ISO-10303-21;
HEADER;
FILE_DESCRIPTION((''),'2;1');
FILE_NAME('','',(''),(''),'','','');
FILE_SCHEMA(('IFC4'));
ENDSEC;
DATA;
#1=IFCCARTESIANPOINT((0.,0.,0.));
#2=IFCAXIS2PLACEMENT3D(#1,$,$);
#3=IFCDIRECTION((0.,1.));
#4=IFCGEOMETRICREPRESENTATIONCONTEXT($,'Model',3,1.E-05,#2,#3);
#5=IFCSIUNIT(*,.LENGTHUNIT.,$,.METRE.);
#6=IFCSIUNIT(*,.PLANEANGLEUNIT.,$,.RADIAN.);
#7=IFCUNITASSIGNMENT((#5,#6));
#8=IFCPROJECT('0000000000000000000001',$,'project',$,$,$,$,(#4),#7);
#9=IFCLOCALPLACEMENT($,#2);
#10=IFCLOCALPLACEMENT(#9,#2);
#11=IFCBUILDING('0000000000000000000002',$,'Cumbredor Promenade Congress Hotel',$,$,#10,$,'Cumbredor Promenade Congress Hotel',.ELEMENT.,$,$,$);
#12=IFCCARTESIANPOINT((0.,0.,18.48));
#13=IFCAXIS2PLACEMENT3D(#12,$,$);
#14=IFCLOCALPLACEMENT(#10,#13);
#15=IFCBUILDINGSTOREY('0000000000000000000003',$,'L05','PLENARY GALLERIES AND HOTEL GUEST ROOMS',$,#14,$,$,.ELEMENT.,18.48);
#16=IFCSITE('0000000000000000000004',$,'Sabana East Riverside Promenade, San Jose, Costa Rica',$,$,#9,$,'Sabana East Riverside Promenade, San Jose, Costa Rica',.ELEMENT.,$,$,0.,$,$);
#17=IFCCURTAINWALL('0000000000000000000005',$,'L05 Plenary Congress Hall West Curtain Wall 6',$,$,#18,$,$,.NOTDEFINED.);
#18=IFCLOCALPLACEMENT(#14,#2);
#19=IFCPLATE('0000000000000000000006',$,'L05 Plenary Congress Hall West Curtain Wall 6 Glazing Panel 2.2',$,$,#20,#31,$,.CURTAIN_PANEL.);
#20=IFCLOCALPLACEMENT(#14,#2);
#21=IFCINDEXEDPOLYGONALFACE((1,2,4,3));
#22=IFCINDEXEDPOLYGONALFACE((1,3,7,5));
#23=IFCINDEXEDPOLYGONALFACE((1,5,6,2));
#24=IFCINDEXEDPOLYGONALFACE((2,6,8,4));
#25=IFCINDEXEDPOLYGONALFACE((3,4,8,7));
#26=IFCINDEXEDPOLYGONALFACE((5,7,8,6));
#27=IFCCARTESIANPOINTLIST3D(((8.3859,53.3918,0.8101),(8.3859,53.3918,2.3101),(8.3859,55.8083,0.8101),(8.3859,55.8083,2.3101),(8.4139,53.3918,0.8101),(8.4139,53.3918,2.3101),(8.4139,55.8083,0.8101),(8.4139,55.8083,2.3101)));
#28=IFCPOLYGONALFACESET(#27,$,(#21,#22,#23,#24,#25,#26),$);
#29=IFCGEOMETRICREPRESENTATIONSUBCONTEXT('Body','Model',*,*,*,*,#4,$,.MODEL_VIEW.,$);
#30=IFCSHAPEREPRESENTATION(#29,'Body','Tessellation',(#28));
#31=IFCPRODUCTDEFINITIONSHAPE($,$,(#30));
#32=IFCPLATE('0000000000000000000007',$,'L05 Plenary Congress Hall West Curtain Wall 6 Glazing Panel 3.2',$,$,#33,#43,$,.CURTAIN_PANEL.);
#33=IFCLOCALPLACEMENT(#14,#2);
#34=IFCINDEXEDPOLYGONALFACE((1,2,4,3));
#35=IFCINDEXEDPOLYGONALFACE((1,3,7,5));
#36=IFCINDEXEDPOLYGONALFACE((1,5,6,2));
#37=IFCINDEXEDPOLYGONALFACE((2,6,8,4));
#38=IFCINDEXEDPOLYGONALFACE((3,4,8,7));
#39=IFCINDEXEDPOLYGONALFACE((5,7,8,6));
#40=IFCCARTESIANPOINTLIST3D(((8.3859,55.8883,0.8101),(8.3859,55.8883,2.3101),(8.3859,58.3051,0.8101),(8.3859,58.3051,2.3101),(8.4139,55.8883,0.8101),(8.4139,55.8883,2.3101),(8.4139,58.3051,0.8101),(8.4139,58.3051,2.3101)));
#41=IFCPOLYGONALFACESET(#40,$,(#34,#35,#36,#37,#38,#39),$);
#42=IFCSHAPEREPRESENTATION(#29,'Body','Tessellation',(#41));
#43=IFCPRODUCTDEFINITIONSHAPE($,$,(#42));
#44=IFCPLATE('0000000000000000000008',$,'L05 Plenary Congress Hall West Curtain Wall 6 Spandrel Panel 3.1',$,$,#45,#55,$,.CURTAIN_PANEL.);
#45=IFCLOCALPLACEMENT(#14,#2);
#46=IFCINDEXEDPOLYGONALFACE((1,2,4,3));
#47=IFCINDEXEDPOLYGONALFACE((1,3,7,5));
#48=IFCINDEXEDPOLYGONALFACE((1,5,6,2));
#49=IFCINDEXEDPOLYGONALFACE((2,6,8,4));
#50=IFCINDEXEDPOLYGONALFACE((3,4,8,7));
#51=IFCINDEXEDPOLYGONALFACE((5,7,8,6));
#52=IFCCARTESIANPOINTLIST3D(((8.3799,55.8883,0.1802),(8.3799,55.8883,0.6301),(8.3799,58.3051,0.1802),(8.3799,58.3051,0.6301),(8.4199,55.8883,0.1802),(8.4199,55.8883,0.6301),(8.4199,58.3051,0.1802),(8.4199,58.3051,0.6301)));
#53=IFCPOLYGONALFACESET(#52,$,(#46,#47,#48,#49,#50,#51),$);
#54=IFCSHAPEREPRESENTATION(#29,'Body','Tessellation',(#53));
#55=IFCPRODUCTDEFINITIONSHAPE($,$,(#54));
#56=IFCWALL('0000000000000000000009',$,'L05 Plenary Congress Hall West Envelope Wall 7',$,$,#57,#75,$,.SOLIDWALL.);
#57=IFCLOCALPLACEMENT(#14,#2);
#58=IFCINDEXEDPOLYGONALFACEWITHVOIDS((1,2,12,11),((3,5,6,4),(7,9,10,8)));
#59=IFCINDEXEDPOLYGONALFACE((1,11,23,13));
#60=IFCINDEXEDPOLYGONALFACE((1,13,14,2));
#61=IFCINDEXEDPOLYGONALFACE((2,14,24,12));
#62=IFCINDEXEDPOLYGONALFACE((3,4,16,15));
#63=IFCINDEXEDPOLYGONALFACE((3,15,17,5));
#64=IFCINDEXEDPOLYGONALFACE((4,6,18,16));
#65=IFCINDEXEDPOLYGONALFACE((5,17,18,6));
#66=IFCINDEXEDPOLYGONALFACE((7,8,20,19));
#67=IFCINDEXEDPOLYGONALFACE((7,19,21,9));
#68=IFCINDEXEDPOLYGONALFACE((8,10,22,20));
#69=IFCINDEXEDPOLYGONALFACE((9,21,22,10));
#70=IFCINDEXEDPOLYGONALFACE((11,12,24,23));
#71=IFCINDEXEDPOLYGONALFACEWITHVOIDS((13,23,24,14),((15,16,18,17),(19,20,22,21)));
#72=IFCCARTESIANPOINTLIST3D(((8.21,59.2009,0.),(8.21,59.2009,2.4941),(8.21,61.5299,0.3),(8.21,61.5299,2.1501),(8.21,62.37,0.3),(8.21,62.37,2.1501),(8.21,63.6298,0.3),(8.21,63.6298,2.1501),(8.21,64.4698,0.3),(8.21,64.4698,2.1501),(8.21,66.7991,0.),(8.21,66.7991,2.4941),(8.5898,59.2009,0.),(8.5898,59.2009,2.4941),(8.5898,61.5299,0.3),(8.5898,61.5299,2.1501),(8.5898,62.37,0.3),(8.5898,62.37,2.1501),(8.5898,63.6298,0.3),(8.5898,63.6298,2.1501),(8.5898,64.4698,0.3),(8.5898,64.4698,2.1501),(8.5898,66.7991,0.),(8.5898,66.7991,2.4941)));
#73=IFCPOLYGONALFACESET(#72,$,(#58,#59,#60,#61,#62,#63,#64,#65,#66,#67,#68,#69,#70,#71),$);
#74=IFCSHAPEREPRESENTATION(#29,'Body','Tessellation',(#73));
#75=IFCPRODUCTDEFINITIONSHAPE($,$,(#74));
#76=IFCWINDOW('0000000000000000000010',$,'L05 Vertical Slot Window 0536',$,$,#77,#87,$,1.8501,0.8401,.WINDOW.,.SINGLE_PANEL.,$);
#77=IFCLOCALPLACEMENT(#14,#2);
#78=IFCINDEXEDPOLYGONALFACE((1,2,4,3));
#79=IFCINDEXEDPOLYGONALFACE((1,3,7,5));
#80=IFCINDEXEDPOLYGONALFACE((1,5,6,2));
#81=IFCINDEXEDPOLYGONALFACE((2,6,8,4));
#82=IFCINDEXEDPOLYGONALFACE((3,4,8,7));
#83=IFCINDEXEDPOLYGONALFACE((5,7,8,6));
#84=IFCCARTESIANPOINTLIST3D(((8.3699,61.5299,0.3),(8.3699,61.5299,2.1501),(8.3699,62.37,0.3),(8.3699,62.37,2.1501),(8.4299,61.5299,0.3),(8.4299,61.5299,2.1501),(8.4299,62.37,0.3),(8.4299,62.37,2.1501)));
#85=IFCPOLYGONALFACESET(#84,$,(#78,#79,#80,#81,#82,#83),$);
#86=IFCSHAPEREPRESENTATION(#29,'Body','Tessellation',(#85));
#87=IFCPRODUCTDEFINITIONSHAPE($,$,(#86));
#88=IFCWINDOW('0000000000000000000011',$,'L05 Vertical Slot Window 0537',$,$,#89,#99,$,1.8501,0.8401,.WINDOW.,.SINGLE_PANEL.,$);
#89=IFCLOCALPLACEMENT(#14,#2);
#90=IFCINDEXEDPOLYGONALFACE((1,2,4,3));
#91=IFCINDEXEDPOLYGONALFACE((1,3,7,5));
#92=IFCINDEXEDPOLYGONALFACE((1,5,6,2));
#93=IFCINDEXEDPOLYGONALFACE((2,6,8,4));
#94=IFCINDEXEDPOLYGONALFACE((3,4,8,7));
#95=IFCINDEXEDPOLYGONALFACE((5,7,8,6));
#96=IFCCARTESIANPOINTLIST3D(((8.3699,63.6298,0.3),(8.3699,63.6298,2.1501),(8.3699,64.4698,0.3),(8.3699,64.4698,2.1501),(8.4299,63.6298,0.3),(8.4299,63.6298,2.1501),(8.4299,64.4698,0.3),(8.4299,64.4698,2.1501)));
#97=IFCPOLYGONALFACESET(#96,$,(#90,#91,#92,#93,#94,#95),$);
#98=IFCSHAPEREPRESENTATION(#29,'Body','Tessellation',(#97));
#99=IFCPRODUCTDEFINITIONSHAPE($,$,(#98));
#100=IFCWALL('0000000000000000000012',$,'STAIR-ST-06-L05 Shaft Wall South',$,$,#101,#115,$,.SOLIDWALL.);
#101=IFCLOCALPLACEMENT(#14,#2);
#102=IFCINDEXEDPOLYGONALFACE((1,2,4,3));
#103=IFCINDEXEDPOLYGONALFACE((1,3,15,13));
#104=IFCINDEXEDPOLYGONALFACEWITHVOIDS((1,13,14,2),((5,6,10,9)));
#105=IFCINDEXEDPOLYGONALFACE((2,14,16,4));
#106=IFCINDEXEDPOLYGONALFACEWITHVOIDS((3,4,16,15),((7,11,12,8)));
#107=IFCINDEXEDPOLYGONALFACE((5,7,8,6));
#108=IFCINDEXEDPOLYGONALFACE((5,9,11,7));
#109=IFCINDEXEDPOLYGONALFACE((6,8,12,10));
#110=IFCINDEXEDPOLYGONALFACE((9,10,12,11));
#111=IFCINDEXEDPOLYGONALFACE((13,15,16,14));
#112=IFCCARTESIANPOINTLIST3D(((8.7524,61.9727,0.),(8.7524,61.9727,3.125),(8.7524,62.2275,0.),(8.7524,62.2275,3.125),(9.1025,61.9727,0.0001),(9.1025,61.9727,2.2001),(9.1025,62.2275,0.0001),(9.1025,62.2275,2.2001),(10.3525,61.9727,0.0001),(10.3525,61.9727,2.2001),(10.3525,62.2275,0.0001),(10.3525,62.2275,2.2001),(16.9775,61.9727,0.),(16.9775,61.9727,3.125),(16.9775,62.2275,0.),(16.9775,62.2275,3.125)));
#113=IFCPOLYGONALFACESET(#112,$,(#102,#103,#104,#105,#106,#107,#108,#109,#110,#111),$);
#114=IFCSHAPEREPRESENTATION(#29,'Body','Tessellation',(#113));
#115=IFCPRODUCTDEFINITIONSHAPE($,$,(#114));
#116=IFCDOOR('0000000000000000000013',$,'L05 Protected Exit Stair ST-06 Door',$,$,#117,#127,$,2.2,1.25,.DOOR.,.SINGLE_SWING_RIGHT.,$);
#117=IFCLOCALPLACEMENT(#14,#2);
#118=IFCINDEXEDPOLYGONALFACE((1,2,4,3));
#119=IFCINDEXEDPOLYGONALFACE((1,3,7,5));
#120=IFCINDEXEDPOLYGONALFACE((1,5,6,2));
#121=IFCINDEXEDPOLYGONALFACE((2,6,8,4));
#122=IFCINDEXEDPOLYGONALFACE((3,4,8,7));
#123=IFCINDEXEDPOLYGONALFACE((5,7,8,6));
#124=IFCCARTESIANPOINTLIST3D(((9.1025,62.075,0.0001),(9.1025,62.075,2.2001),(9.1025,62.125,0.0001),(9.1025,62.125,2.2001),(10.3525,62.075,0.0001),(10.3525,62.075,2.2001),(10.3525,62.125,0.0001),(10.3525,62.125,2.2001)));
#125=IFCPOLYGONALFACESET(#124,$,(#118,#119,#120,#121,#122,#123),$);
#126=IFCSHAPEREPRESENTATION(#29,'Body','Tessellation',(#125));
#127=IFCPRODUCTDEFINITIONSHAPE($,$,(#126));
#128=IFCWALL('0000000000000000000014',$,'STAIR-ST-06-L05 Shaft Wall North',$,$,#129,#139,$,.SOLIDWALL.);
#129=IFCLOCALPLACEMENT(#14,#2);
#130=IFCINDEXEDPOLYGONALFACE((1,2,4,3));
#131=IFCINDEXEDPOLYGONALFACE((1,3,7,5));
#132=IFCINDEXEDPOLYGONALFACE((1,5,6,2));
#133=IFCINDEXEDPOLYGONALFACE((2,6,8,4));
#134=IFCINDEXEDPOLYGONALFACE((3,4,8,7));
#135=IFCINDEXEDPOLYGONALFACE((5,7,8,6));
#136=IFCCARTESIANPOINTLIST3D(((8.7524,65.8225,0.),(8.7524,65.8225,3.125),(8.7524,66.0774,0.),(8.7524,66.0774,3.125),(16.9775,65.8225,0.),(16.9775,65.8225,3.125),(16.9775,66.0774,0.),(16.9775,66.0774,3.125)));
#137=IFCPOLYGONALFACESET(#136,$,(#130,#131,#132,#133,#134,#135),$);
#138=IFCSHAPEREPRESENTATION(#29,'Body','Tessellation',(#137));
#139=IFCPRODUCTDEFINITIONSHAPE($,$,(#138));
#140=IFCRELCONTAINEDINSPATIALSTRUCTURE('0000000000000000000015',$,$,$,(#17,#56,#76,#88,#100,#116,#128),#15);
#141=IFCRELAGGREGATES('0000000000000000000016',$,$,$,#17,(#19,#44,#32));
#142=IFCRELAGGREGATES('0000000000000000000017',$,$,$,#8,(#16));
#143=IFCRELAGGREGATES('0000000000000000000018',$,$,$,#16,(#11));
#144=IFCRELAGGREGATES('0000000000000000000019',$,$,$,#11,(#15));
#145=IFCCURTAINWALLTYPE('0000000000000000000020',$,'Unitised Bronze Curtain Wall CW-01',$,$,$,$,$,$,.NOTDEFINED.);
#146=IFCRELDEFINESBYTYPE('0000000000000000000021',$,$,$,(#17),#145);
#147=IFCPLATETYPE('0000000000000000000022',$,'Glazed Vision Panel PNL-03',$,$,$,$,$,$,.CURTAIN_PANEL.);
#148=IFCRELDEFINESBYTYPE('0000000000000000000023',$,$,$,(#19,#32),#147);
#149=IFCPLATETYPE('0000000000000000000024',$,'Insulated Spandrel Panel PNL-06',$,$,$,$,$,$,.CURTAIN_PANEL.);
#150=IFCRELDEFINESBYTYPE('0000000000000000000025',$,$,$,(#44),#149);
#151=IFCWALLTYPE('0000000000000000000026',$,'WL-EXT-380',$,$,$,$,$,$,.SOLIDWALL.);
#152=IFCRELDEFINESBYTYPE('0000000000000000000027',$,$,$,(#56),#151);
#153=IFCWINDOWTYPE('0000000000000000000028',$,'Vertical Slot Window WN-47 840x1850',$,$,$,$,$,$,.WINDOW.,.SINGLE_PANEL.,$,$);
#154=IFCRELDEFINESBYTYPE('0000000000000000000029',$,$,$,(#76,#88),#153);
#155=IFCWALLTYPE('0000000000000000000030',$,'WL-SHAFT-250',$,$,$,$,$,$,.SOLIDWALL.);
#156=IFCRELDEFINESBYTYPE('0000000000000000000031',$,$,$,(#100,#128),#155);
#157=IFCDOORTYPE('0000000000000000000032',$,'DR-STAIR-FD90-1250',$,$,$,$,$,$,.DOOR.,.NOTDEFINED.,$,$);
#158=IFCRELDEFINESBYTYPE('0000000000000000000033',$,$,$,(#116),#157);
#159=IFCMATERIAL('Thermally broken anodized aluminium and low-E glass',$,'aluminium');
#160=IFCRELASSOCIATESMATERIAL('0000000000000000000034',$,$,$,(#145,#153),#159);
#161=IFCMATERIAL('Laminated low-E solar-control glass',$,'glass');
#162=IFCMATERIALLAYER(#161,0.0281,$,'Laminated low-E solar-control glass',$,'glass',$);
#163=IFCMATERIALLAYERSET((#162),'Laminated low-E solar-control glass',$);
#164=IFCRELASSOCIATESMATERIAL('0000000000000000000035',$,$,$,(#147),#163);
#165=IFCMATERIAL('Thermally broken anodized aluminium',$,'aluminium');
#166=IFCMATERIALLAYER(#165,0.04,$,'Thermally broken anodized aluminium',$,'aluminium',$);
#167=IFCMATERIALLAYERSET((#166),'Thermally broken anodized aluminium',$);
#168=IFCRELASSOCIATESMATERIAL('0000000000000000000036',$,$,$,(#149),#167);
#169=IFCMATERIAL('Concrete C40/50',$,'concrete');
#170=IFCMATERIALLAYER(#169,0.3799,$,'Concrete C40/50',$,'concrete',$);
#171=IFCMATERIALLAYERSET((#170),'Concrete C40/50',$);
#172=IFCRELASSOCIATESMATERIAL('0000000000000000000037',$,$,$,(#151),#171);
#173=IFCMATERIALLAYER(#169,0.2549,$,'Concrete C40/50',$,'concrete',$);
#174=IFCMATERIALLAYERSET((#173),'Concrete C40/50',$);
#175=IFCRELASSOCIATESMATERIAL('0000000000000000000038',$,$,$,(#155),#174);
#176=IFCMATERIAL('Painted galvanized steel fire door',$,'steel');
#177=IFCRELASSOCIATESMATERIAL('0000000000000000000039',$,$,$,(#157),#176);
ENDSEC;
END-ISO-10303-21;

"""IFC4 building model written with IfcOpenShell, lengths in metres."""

from ifc_helpers import new_model, si_unit, direction, frame, frame_2d, origin, origin_2d, place, context, subcontext, project, spatial, rectangle, extrude, material, layer, layer_set, type_object, element, fill, aggregate, save


model = new_model("IFC4")

# Units and contexts
model_context = context("Model", 3, precision=1e-05, world=origin(), true_north=direction((0.0, 1.0)))
body_context = subcontext(model_context, "Body", "Model", "MODEL_VIEW")
ifc_project = project(units=[si_unit("LENGTHUNIT", "METRE"), si_unit("PLANEANGLEUNIT", "RADIAN")], contexts=[model_context])

# Site, building, storey
site_placement = place(None, origin())
site = spatial("IfcSite", under=ifc_project, at=site_placement, Name="Sabana East Riverside Promenade, San Jose, Costa Rica", LongName="Sabana East Riverside Promenade, San Jose, Costa Rica", CompositionType="ELEMENT", RefElevation=0.0)
building_placement = place(site_placement, origin())
building = spatial("IfcBuilding", under=site, at=building_placement, Name="Cumbredor Promenade Congress Hotel", LongName="Cumbredor Promenade Congress Hotel", CompositionType="ELEMENT")
storey_placement = place(building_placement, frame((0.0, 0.0, 18.48)))
storey = spatial("IfcBuildingStorey", under=building, at=storey_placement, Name="L05", Description="PLENARY GALLERIES AND HOTEL GUEST ROOMS", CompositionType="ELEMENT", Elevation=18.48)

# Curtain wall
ifc_material_1 = material(Name="Thermally broken anodized aluminium and low-E glass", Category="aluminium")
curtain_wall_type_1 = type_object("IfcCurtainWallType", Name="Unitised Bronze Curtain Wall CW-01", PredefinedType="NOTDEFINED", material=ifc_material_1)
curtain_wall_1_placement = place(storey_placement, origin())
curtain_wall_1 = element("IfcCurtainWall", 1, at=curtain_wall_1_placement, inside=storey, type_object=curtain_wall_type_1, Name="L05 Plenary Congress Hall West Curtain Wall 6", PredefinedType="NOTDEFINED")
ifc_material_2 = material(Name="Thermally broken anodized aluminium", Category="aluminium")

# Plates
ifc_material_3 = material(Name="Laminated low-E solar-control glass", Category="glass")
ifc_layer_1 = layer(ifc_material_3, 0.0281, Name="Laminated low-E solar-control glass", Category="glass")
ifc_layer_set_1 = layer_set([ifc_layer_1], Name="Laminated low-E solar-control glass")
plate_type_1 = type_object("IfcPlateType", Name="Glazed Vision Panel PNL-03", PredefinedType="CURTAIN_PANEL", material=ifc_layer_set_1)
plate_1_placement = place(storey_placement, frame((8.3999, 54.6001, 0.8101), z_axis=(0.0, 0.0, 1.0), x_axis=(0.0, 1.0, 0.0)))
plate_1 = element("IfcPlate", 2, at=plate_1_placement, type_object=plate_type_1, Name="L05 Plenary Congress Hall West Curtain Wall 6 Glazing Panel 2.2", PredefinedType="CURTAIN_PANEL", context=body_context, shape_type="SweptSolid", body=[
    extrude(rectangle(XDim=2.4165, YDim=0.0281, at=origin_2d()), origin(), (0.0, 0.0, 1.0), 1.5),
])
plate_2_placement = place(storey_placement, frame((8.3999, 57.0967, 0.8101), z_axis=(0.0, 0.0, 1.0), x_axis=(0.0, 1.0, 0.0)))
plate_2 = element("IfcPlate", 3, at=plate_2_placement, type_object=plate_type_1, Name="L05 Plenary Congress Hall West Curtain Wall 6 Glazing Panel 3.2", PredefinedType="CURTAIN_PANEL", context=body_context, shape_type="SweptSolid", body=[
    extrude(rectangle(XDim=2.4167, YDim=0.0281, at=origin_2d()), origin(), (0.0, 0.0, 1.0), 1.5),
])
ifc_layer_2 = layer(ifc_material_2, 0.04, Name="Thermally broken anodized aluminium", Category="aluminium")
ifc_layer_set_2 = layer_set([ifc_layer_2], Name="Thermally broken anodized aluminium")
plate_type_2 = type_object("IfcPlateType", Name="Insulated Spandrel Panel PNL-06", PredefinedType="CURTAIN_PANEL", material=ifc_layer_set_2)
plate_3_placement = place(storey_placement, frame((8.3999, 57.0967, 0.1802), z_axis=(0.0, 0.0, 1.0), x_axis=(0.0, 1.0, 0.0)))
plate_3 = element("IfcPlate", 4, at=plate_3_placement, type_object=plate_type_2, Name="L05 Plenary Congress Hall West Curtain Wall 6 Spandrel Panel 3.1", PredefinedType="CURTAIN_PANEL", context=body_context, shape_type="SweptSolid", body=[
    extrude(rectangle(XDim=2.4167, YDim=0.04, at=origin_2d()), origin(), (0.0, 0.0, 1.0), 0.45),
])
aggregate(curtain_wall_1, [plate_1, plate_3, plate_2])

# Wall, openings, windows
ifc_material_4 = material(Name="Concrete C40/50", Category="concrete")
ifc_layer_3 = layer(ifc_material_4, 0.3799, Name="Concrete C40/50", Category="concrete")
ifc_layer_set_3 = layer_set([ifc_layer_3], Name="Concrete C40/50")
wall_type_1 = type_object("IfcWallType", Name="WL-EXT-380", PredefinedType="SOLIDWALL", material=ifc_layer_set_3)
wall_1_placement = place(storey_placement, frame((8.3999, 59.2009, 0.0), z_axis=(0.0, 0.0, 1.0), x_axis=(0.0, 1.0, 0.0)))
wall_1 = element("IfcWall", 5, at=wall_1_placement, inside=storey, type_object=wall_type_1, Name="L05 Plenary Congress Hall West Envelope Wall 7", PredefinedType="SOLIDWALL", context=body_context, shape_type="SweptSolid", body=[
    extrude(rectangle(XDim=7.5981, YDim=0.3799, at=frame_2d((3.7991, 0.0))), origin(), (0.0, 0.0, 1.0), 2.4941),
])
opening_1_placement = place(wall_1_placement, frame((2.3291, 0.0, 0.3)))
opening_1 = element("IfcOpeningElement", 6, at=opening_1_placement, cuts=wall_1, PredefinedType="OPENING", context=body_context, shape_type="SweptSolid", body=[
    extrude(rectangle(XDim=0.8401, YDim=1.8501, at=frame_2d((0.4199, 0.925))), frame((0.0, 0.2, 0.0), z_axis=(0.0, -1.0, 0.0), x_axis=(1.0, 0.0, 0.0)), (0.0, 0.0, 1.0), 0.3999),
])
opening_2_placement = place(wall_1_placement, frame((4.429, 0.0, 0.3)))
opening_2 = element("IfcOpeningElement", 7, at=opening_2_placement, cuts=wall_1, PredefinedType="OPENING", context=body_context, shape_type="SweptSolid", body=[
    extrude(rectangle(XDim=0.8401, YDim=1.8501, at=frame_2d((0.4199, 0.925))), frame((0.0, 0.2, 0.0), z_axis=(0.0, -1.0, 0.0), x_axis=(1.0, 0.0, 0.0)), (0.0, 0.0, 1.0), 0.3999),
])
window_type = type_object("IfcWindowType", Name="Vertical Slot Window WN-47 840x1850", PartitioningType="SINGLE_PANEL", PredefinedType="WINDOW", material=ifc_material_1)
window_1_placement = place(opening_1_placement, origin())
window_1 = element("IfcWindow", 8, at=window_1_placement, inside=storey, type_object=window_type, Name="L05 Vertical Slot Window 0536", OverallHeight=1.8501, OverallWidth=0.8401, PartitioningType="SINGLE_PANEL", PredefinedType="WINDOW", context=body_context, shape_type="SweptSolid", body=[
    extrude(rectangle(XDim=0.8401, YDim=1.8501, at=frame_2d((0.4199, 0.925))), frame((0.0, 0.03, 0.0), z_axis=(0.0, -1.0, 0.0), x_axis=(1.0, 0.0, 0.0)), (0.0, 0.0, 1.0), 0.0601),
])
fill(opening_1, window_1)
window_2_placement = place(opening_2_placement, origin())
window_2 = element("IfcWindow", 9, at=window_2_placement, inside=storey, type_object=window_type, Name="L05 Vertical Slot Window 0537", OverallHeight=1.8501, OverallWidth=0.8401, PartitioningType="SINGLE_PANEL", PredefinedType="WINDOW", context=body_context, shape_type="SweptSolid", body=[
    extrude(rectangle(XDim=0.8401, YDim=1.8501, at=frame_2d((0.4199, 0.925))), frame((0.0, 0.03, 0.0), z_axis=(0.0, -1.0, 0.0), x_axis=(1.0, 0.0, 0.0)), (0.0, 0.0, 1.0), 0.0601),
])
fill(opening_2, window_2)

# Wall, opening, door
ifc_layer_4 = layer(ifc_material_4, 0.2549, Name="Concrete C40/50", Category="concrete")
ifc_layer_set_4 = layer_set([ifc_layer_4], Name="Concrete C40/50")
wall_type_2 = type_object("IfcWallType", Name="WL-SHAFT-250", PredefinedType="SOLIDWALL", material=ifc_layer_set_4)
wall_2_placement = place(storey_placement, frame((8.7524, 62.1001, 0.0), z_axis=(0.0, 0.0, 1.0), x_axis=(1.0, 0.0, 0.0)))
wall_2 = element("IfcWall", 10, at=wall_2_placement, inside=storey, type_object=wall_type_2, Name="STAIR-ST-06-L05 Shaft Wall South", PredefinedType="SOLIDWALL", context=body_context, shape_type="SweptSolid", body=[
    extrude(rectangle(XDim=8.2251, YDim=0.2549, at=frame_2d((4.1125, 0.0))), origin(), (0.0, 0.0, 1.0), 3.125),
])
opening_3_placement = place(wall_2_placement, frame((0.3501, 0.0, 0.0)))
opening_3 = element("IfcOpeningElement", 11, at=opening_3_placement, cuts=wall_2, PredefinedType="OPENING", context=body_context, shape_type="SweptSolid", body=[
    extrude(rectangle(XDim=1.25, YDim=2.2, at=frame_2d((0.625, 1.1001))), frame((0.0, 0.1375, 0.0), z_axis=(0.0, -1.0, 0.0), x_axis=(1.0, 0.0, 0.0)), (0.0, 0.0, 1.0), 0.2749),
])
ifc_material_5 = material(Name="Painted galvanized steel fire door", Category="steel")
door_type = type_object("IfcDoorType", Name="DR-STAIR-FD90-1250", OperationType="NOTDEFINED", PredefinedType="DOOR", material=ifc_material_5)
door_placement = place(opening_3_placement, origin())
door = element("IfcDoor", 12, at=door_placement, inside=storey, type_object=door_type, Name="L05 Protected Exit Stair ST-06 Door", OperationType="SINGLE_SWING_RIGHT", OverallHeight=2.2, OverallWidth=1.25, PredefinedType="DOOR", context=body_context, shape_type="SweptSolid", body=[
    extrude(rectangle(XDim=1.25, YDim=2.2, at=frame_2d((0.625, 1.1001))), frame((0.0, 0.0249, 0.0), z_axis=(0.0, -1.0, 0.0), x_axis=(1.0, 0.0, 0.0)), (0.0, 0.0, 1.0), 0.05),
])
fill(opening_3, door)

# Wall
wall_3_placement = place(storey_placement, frame((8.7524, 65.95, 0.0), z_axis=(0.0, 0.0, 1.0), x_axis=(1.0, 0.0, 0.0)))
element("IfcWall", 13, at=wall_3_placement, inside=storey, type_object=wall_type_2, Name="STAIR-ST-06-L05 Shaft Wall North", PredefinedType="SOLIDWALL", context=body_context, shape_type="SweptSolid", body=[
    extrude(rectangle(XDim=8.2251, YDim=0.2549, at=frame_2d((4.1125, 0.0))), origin(), (0.0, 0.0, 1.0), 3.125),
])

save(model, "model.ifc")
